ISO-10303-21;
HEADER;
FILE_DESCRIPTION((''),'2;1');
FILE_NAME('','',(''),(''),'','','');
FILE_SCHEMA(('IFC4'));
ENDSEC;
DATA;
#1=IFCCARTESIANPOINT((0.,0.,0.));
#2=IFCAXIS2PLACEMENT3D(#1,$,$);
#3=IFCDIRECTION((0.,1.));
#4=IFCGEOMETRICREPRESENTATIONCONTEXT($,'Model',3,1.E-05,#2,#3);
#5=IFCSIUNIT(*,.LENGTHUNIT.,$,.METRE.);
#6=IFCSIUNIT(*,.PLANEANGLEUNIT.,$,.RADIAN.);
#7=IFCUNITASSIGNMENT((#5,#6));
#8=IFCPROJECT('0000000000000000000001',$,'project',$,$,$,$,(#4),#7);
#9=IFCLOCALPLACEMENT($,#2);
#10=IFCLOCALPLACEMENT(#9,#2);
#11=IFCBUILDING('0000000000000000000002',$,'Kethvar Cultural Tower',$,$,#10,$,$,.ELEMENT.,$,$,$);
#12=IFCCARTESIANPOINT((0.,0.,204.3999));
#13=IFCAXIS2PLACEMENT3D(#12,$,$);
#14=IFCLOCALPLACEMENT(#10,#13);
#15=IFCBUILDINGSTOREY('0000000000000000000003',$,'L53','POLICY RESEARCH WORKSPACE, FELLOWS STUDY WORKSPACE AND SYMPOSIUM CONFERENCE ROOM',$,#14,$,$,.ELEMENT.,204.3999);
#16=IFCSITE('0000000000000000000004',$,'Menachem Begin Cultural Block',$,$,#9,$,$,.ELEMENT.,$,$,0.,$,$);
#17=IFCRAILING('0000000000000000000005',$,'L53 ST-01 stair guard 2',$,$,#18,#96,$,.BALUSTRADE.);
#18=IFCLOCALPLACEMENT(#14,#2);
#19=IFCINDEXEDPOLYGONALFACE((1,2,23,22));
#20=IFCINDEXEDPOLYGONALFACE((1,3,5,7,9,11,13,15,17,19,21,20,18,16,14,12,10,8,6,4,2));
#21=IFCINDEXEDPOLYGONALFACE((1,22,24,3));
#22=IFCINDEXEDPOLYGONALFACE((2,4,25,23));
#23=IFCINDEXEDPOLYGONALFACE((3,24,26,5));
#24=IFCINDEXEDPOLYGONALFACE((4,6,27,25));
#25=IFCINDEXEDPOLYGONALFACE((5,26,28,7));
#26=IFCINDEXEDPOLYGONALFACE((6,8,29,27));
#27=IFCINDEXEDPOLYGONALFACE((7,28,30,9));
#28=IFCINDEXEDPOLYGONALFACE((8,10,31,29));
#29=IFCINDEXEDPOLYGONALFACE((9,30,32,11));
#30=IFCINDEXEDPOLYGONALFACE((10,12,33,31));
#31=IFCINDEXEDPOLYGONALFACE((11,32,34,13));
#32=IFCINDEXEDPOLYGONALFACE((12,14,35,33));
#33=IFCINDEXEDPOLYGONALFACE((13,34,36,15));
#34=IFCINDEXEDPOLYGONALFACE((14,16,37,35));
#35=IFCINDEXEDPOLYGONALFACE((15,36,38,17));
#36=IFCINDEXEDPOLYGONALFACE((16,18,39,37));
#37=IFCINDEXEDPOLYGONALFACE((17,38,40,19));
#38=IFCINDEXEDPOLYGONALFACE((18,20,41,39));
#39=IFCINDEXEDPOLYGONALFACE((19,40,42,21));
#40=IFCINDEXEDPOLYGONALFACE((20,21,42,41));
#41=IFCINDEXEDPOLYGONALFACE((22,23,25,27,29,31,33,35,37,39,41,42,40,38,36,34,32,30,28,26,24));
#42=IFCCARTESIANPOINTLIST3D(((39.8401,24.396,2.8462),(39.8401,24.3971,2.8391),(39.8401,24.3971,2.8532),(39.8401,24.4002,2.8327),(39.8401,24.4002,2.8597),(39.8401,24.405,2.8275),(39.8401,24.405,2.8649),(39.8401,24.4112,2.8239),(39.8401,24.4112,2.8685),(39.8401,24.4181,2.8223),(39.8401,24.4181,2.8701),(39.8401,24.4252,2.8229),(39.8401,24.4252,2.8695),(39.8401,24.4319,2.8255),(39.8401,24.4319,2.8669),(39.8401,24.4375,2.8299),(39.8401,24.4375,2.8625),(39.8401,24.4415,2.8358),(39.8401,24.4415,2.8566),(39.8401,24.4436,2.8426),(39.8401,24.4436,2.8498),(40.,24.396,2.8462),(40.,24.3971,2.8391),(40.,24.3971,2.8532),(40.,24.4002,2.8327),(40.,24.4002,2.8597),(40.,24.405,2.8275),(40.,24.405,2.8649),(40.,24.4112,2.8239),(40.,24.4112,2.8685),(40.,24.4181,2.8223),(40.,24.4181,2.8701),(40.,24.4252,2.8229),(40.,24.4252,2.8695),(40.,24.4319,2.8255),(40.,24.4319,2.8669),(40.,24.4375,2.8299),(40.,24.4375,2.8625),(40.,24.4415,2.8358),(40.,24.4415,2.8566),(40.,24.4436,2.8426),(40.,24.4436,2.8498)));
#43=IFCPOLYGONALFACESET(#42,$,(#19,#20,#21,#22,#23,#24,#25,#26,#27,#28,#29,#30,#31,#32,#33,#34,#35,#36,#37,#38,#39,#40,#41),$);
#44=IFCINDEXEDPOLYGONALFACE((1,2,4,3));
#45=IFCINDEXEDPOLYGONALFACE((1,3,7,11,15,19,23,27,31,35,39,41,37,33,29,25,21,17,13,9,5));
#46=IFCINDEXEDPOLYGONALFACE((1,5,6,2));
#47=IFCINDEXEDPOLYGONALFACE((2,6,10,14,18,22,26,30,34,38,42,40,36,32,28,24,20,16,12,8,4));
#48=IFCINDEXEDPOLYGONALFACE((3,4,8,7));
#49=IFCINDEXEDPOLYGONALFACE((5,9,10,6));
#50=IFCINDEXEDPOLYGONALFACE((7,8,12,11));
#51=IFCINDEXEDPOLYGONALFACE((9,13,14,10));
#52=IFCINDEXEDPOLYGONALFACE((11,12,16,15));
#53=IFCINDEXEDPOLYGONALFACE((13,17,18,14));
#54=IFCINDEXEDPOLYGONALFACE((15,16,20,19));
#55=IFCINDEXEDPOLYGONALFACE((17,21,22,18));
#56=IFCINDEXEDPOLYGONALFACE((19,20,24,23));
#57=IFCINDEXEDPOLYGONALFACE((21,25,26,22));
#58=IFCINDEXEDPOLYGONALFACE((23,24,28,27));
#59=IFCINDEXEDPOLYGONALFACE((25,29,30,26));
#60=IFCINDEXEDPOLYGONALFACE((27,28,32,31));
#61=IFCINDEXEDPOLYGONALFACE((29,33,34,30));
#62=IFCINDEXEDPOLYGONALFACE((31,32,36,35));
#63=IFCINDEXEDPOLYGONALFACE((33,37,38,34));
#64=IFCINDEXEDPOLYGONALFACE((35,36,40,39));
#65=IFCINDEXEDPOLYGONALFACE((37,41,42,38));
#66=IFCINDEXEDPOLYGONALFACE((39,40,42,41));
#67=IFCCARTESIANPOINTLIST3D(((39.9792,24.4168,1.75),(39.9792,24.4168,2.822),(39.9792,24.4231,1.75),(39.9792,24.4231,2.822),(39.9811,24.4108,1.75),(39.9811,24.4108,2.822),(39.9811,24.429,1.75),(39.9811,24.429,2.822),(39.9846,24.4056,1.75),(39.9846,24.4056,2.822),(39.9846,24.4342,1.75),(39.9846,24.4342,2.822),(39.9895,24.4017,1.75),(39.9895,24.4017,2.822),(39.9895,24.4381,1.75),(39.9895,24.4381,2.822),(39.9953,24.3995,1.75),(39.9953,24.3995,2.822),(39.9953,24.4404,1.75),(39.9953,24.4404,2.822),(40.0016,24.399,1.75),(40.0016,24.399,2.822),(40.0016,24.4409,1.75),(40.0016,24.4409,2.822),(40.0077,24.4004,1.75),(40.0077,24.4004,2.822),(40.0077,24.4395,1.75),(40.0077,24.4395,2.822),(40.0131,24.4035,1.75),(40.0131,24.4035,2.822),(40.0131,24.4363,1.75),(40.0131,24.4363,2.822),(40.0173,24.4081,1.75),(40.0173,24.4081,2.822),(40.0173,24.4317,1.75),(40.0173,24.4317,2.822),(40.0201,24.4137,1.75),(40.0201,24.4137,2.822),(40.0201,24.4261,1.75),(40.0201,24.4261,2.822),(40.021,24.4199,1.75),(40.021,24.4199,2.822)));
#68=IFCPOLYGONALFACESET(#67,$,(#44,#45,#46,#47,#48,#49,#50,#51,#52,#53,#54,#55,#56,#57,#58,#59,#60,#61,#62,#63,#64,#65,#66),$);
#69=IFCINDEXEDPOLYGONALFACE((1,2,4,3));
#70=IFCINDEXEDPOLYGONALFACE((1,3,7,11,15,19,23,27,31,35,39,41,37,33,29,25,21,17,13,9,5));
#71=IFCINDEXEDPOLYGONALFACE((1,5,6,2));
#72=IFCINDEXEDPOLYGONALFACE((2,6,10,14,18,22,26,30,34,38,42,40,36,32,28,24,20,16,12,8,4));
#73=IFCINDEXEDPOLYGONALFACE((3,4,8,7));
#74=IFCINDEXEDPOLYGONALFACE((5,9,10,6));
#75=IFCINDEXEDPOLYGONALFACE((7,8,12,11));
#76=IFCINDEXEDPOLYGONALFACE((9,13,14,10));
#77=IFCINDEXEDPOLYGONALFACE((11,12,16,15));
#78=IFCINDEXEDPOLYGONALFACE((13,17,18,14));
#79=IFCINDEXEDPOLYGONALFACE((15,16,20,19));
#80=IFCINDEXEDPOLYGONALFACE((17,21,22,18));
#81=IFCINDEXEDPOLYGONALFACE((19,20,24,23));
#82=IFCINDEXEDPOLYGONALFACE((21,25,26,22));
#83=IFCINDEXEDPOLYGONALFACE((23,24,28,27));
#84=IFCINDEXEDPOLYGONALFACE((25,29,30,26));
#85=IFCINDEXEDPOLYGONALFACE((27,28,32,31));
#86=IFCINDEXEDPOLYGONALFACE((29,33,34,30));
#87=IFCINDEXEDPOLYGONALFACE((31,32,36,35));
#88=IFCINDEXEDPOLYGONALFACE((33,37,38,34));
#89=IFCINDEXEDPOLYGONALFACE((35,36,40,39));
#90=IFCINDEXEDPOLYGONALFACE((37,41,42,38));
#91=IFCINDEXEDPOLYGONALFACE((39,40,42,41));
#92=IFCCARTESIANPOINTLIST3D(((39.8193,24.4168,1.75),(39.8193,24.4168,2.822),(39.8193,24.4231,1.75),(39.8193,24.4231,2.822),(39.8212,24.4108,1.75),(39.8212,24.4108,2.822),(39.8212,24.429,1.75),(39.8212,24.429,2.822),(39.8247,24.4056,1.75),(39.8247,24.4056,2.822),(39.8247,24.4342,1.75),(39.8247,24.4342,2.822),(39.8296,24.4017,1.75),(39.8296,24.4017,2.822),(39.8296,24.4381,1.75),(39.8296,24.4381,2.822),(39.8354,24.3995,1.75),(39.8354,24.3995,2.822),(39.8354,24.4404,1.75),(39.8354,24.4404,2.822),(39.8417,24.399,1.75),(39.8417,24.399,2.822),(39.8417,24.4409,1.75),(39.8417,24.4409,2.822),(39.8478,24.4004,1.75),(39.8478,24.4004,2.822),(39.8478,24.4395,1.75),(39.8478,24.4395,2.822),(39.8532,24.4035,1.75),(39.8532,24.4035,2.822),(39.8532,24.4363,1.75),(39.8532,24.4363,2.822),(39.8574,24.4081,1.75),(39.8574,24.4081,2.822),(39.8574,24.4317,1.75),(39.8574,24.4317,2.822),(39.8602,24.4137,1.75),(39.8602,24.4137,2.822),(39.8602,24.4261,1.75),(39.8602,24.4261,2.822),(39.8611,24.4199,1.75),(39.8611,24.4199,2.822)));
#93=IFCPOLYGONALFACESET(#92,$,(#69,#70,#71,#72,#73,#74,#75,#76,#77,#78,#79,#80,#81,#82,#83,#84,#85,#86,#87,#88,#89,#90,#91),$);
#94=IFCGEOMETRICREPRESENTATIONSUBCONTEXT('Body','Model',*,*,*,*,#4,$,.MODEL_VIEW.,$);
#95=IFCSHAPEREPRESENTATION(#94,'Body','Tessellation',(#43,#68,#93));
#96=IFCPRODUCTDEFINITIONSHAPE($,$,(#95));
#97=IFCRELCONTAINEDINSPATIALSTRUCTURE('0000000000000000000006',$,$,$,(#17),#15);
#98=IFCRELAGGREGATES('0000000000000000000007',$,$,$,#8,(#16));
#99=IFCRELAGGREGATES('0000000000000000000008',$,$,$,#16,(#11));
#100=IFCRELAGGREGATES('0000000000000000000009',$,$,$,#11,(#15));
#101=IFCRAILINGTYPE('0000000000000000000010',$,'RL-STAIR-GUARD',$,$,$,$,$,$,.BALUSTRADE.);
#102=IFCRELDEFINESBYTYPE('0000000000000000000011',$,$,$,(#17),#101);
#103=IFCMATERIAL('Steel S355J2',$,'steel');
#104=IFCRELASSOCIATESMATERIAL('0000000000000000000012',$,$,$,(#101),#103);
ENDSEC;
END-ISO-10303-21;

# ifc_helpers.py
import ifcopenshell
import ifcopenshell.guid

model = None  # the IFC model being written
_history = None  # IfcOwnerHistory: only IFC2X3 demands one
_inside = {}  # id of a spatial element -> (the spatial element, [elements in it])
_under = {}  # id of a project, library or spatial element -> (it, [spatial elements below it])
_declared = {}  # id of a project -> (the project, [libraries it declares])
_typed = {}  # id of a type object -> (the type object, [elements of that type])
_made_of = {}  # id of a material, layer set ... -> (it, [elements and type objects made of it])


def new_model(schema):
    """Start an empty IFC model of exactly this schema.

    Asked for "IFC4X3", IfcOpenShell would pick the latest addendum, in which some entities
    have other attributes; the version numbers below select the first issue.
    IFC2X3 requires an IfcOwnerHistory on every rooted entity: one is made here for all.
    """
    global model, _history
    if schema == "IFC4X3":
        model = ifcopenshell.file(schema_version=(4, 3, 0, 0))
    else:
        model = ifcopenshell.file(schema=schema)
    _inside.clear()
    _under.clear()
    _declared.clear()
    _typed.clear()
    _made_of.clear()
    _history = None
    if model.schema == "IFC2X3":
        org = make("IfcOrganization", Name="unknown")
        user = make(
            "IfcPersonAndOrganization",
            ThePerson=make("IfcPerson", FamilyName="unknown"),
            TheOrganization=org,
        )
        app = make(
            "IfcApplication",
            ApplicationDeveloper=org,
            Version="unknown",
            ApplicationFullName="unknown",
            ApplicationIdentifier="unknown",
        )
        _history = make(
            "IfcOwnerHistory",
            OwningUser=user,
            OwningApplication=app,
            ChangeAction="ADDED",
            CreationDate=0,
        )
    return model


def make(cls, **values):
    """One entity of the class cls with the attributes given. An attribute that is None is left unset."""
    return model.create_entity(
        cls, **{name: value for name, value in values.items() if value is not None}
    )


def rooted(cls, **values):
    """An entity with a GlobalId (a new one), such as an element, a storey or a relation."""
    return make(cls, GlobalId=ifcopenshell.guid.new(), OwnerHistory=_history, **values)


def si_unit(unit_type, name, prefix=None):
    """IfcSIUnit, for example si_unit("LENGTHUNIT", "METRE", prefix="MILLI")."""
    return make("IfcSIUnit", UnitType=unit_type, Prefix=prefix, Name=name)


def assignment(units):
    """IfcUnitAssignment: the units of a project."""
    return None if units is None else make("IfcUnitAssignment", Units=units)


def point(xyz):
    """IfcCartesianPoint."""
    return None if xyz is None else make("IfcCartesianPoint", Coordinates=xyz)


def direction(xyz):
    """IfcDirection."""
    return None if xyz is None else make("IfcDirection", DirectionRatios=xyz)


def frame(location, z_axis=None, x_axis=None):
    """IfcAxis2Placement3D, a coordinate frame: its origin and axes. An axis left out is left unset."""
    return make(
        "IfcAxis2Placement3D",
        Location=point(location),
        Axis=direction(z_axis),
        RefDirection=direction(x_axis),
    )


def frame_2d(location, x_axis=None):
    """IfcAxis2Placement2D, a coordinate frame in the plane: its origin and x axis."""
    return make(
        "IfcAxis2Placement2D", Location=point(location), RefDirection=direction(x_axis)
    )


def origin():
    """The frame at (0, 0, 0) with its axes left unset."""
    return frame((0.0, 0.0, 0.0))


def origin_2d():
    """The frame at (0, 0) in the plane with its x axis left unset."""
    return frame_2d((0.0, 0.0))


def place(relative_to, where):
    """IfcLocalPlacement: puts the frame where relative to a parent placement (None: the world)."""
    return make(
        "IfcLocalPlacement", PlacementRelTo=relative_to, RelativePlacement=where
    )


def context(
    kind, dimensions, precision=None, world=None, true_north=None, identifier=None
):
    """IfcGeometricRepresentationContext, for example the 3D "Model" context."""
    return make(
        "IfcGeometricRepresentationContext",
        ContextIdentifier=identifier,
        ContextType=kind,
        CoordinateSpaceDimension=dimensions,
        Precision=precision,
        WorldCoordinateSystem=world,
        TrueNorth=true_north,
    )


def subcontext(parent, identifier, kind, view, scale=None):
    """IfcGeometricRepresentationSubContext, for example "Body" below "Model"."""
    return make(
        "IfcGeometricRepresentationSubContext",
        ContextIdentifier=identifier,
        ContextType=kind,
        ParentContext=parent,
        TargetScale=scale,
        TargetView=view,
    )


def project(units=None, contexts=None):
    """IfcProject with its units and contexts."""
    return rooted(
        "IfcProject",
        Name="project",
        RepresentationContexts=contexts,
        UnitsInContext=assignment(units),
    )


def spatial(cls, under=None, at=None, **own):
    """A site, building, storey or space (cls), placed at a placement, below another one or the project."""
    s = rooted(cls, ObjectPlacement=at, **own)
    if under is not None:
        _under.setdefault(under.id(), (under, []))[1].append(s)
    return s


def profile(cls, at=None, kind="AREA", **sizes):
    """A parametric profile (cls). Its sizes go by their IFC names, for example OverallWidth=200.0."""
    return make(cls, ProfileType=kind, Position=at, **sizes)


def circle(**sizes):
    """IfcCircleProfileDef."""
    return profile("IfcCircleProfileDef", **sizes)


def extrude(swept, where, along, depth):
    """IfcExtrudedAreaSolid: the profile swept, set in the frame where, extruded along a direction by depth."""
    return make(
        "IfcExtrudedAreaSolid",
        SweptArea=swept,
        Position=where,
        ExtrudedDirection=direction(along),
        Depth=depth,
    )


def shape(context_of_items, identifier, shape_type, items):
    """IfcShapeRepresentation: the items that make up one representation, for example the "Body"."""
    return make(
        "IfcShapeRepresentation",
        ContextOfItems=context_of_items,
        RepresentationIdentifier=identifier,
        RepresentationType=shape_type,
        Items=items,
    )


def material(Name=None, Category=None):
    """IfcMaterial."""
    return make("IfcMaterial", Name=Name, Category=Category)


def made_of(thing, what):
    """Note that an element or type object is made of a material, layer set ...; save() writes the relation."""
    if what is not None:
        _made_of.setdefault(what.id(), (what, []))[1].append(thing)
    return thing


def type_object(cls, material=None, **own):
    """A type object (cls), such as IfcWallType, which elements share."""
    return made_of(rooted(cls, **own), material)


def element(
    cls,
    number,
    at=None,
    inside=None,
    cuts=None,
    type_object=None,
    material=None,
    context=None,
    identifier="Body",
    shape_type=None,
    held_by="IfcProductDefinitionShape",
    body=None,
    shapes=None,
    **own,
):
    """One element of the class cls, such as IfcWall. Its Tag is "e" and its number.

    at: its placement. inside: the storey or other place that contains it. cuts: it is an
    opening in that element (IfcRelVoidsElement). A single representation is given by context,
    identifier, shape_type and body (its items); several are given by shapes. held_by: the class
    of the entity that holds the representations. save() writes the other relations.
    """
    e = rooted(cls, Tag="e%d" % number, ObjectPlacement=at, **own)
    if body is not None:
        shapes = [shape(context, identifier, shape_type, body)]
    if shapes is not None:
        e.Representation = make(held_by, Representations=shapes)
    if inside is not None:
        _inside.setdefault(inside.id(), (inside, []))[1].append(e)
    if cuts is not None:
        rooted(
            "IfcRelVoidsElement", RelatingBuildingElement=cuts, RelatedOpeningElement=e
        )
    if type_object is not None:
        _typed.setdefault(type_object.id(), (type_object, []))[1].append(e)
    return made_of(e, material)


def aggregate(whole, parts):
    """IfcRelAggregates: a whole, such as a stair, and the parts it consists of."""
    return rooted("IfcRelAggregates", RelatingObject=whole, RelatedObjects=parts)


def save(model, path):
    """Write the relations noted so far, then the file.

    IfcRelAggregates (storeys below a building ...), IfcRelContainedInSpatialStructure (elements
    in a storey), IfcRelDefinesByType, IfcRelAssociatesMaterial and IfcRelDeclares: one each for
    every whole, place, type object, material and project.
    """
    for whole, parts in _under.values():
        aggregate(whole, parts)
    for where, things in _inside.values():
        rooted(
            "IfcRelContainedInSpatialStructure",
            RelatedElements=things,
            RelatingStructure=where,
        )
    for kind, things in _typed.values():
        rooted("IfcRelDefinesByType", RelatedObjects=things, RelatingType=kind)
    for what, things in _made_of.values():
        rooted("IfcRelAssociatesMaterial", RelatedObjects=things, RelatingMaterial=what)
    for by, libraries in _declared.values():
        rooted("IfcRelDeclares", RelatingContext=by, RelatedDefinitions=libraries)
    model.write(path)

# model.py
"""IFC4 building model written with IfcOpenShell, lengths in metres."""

from ifc_helpers import new_model, si_unit, direction, frame, origin, origin_2d, place, context, subcontext, project, spatial, circle, extrude, material, type_object, element, save


model = new_model("IFC4")

# Units and contexts
model_context = context("Model", 3, precision=1e-05, world=origin(), true_north=direction((0.0, 1.0)))
body_context = subcontext(model_context, "Body", "Model", "MODEL_VIEW")
ifc_project = project(units=[si_unit("LENGTHUNIT", "METRE"), si_unit("PLANEANGLEUNIT", "RADIAN")], contexts=[model_context])

# Site, building, storey
site_placement = place(None, origin())
site = spatial("IfcSite", under=ifc_project, at=site_placement, Name="Menachem Begin Cultural Block", CompositionType="ELEMENT", RefElevation=0.0)
building_placement = place(site_placement, origin())
building = spatial("IfcBuilding", under=site, at=building_placement, Name="Kethvar Cultural Tower", CompositionType="ELEMENT")
storey_placement = place(building_placement, frame((0.0, 0.0, 204.3999)))
storey = spatial("IfcBuildingStorey", under=building, at=storey_placement, Name="L53", Description="POLICY RESEARCH WORKSPACE, FELLOWS STUDY WORKSPACE AND SYMPOSIUM CONFERENCE ROOM", CompositionType="ELEMENT", Elevation=204.3999)

# Shared definitions
ifc_material_1 = material(Name="Steel S355J2", Category="steel")

# Railing
railing_type_1 = type_object("IfcRailingType", Name="RL-STAIR-GUARD", PredefinedType="BALUSTRADE", material=ifc_material_1)
railing_1_placement = place(storey_placement, frame((40.0, 24.4199, 1.75)))
element("IfcRailing", 1, at=railing_1_placement, inside=storey, type_object=railing_type_1, Name="L53 ST-01 stair guard 2", PredefinedType="BALUSTRADE", context=body_context, shape_type="SweptSolid", body=[
    extrude(circle(Radius=0.0239, at=origin_2d()), frame((0.0, 0.0, 1.0962), z_axis=(-1.0, 0.0, 0.0), x_axis=(0.0, -1.0, 0.0)), (0.0, 0.0, 1.0), 0.1599),
    extrude(circle(Radius=0.021, at=origin_2d()), origin(), (0.0, 0.0, 1.0), 1.072),
    extrude(circle(Radius=0.021, at=origin_2d()), frame((-0.1599, 0.0, 0.0)), (0.0, 0.0, 1.0), 1.072),
])

save(model, "model.ifc")
